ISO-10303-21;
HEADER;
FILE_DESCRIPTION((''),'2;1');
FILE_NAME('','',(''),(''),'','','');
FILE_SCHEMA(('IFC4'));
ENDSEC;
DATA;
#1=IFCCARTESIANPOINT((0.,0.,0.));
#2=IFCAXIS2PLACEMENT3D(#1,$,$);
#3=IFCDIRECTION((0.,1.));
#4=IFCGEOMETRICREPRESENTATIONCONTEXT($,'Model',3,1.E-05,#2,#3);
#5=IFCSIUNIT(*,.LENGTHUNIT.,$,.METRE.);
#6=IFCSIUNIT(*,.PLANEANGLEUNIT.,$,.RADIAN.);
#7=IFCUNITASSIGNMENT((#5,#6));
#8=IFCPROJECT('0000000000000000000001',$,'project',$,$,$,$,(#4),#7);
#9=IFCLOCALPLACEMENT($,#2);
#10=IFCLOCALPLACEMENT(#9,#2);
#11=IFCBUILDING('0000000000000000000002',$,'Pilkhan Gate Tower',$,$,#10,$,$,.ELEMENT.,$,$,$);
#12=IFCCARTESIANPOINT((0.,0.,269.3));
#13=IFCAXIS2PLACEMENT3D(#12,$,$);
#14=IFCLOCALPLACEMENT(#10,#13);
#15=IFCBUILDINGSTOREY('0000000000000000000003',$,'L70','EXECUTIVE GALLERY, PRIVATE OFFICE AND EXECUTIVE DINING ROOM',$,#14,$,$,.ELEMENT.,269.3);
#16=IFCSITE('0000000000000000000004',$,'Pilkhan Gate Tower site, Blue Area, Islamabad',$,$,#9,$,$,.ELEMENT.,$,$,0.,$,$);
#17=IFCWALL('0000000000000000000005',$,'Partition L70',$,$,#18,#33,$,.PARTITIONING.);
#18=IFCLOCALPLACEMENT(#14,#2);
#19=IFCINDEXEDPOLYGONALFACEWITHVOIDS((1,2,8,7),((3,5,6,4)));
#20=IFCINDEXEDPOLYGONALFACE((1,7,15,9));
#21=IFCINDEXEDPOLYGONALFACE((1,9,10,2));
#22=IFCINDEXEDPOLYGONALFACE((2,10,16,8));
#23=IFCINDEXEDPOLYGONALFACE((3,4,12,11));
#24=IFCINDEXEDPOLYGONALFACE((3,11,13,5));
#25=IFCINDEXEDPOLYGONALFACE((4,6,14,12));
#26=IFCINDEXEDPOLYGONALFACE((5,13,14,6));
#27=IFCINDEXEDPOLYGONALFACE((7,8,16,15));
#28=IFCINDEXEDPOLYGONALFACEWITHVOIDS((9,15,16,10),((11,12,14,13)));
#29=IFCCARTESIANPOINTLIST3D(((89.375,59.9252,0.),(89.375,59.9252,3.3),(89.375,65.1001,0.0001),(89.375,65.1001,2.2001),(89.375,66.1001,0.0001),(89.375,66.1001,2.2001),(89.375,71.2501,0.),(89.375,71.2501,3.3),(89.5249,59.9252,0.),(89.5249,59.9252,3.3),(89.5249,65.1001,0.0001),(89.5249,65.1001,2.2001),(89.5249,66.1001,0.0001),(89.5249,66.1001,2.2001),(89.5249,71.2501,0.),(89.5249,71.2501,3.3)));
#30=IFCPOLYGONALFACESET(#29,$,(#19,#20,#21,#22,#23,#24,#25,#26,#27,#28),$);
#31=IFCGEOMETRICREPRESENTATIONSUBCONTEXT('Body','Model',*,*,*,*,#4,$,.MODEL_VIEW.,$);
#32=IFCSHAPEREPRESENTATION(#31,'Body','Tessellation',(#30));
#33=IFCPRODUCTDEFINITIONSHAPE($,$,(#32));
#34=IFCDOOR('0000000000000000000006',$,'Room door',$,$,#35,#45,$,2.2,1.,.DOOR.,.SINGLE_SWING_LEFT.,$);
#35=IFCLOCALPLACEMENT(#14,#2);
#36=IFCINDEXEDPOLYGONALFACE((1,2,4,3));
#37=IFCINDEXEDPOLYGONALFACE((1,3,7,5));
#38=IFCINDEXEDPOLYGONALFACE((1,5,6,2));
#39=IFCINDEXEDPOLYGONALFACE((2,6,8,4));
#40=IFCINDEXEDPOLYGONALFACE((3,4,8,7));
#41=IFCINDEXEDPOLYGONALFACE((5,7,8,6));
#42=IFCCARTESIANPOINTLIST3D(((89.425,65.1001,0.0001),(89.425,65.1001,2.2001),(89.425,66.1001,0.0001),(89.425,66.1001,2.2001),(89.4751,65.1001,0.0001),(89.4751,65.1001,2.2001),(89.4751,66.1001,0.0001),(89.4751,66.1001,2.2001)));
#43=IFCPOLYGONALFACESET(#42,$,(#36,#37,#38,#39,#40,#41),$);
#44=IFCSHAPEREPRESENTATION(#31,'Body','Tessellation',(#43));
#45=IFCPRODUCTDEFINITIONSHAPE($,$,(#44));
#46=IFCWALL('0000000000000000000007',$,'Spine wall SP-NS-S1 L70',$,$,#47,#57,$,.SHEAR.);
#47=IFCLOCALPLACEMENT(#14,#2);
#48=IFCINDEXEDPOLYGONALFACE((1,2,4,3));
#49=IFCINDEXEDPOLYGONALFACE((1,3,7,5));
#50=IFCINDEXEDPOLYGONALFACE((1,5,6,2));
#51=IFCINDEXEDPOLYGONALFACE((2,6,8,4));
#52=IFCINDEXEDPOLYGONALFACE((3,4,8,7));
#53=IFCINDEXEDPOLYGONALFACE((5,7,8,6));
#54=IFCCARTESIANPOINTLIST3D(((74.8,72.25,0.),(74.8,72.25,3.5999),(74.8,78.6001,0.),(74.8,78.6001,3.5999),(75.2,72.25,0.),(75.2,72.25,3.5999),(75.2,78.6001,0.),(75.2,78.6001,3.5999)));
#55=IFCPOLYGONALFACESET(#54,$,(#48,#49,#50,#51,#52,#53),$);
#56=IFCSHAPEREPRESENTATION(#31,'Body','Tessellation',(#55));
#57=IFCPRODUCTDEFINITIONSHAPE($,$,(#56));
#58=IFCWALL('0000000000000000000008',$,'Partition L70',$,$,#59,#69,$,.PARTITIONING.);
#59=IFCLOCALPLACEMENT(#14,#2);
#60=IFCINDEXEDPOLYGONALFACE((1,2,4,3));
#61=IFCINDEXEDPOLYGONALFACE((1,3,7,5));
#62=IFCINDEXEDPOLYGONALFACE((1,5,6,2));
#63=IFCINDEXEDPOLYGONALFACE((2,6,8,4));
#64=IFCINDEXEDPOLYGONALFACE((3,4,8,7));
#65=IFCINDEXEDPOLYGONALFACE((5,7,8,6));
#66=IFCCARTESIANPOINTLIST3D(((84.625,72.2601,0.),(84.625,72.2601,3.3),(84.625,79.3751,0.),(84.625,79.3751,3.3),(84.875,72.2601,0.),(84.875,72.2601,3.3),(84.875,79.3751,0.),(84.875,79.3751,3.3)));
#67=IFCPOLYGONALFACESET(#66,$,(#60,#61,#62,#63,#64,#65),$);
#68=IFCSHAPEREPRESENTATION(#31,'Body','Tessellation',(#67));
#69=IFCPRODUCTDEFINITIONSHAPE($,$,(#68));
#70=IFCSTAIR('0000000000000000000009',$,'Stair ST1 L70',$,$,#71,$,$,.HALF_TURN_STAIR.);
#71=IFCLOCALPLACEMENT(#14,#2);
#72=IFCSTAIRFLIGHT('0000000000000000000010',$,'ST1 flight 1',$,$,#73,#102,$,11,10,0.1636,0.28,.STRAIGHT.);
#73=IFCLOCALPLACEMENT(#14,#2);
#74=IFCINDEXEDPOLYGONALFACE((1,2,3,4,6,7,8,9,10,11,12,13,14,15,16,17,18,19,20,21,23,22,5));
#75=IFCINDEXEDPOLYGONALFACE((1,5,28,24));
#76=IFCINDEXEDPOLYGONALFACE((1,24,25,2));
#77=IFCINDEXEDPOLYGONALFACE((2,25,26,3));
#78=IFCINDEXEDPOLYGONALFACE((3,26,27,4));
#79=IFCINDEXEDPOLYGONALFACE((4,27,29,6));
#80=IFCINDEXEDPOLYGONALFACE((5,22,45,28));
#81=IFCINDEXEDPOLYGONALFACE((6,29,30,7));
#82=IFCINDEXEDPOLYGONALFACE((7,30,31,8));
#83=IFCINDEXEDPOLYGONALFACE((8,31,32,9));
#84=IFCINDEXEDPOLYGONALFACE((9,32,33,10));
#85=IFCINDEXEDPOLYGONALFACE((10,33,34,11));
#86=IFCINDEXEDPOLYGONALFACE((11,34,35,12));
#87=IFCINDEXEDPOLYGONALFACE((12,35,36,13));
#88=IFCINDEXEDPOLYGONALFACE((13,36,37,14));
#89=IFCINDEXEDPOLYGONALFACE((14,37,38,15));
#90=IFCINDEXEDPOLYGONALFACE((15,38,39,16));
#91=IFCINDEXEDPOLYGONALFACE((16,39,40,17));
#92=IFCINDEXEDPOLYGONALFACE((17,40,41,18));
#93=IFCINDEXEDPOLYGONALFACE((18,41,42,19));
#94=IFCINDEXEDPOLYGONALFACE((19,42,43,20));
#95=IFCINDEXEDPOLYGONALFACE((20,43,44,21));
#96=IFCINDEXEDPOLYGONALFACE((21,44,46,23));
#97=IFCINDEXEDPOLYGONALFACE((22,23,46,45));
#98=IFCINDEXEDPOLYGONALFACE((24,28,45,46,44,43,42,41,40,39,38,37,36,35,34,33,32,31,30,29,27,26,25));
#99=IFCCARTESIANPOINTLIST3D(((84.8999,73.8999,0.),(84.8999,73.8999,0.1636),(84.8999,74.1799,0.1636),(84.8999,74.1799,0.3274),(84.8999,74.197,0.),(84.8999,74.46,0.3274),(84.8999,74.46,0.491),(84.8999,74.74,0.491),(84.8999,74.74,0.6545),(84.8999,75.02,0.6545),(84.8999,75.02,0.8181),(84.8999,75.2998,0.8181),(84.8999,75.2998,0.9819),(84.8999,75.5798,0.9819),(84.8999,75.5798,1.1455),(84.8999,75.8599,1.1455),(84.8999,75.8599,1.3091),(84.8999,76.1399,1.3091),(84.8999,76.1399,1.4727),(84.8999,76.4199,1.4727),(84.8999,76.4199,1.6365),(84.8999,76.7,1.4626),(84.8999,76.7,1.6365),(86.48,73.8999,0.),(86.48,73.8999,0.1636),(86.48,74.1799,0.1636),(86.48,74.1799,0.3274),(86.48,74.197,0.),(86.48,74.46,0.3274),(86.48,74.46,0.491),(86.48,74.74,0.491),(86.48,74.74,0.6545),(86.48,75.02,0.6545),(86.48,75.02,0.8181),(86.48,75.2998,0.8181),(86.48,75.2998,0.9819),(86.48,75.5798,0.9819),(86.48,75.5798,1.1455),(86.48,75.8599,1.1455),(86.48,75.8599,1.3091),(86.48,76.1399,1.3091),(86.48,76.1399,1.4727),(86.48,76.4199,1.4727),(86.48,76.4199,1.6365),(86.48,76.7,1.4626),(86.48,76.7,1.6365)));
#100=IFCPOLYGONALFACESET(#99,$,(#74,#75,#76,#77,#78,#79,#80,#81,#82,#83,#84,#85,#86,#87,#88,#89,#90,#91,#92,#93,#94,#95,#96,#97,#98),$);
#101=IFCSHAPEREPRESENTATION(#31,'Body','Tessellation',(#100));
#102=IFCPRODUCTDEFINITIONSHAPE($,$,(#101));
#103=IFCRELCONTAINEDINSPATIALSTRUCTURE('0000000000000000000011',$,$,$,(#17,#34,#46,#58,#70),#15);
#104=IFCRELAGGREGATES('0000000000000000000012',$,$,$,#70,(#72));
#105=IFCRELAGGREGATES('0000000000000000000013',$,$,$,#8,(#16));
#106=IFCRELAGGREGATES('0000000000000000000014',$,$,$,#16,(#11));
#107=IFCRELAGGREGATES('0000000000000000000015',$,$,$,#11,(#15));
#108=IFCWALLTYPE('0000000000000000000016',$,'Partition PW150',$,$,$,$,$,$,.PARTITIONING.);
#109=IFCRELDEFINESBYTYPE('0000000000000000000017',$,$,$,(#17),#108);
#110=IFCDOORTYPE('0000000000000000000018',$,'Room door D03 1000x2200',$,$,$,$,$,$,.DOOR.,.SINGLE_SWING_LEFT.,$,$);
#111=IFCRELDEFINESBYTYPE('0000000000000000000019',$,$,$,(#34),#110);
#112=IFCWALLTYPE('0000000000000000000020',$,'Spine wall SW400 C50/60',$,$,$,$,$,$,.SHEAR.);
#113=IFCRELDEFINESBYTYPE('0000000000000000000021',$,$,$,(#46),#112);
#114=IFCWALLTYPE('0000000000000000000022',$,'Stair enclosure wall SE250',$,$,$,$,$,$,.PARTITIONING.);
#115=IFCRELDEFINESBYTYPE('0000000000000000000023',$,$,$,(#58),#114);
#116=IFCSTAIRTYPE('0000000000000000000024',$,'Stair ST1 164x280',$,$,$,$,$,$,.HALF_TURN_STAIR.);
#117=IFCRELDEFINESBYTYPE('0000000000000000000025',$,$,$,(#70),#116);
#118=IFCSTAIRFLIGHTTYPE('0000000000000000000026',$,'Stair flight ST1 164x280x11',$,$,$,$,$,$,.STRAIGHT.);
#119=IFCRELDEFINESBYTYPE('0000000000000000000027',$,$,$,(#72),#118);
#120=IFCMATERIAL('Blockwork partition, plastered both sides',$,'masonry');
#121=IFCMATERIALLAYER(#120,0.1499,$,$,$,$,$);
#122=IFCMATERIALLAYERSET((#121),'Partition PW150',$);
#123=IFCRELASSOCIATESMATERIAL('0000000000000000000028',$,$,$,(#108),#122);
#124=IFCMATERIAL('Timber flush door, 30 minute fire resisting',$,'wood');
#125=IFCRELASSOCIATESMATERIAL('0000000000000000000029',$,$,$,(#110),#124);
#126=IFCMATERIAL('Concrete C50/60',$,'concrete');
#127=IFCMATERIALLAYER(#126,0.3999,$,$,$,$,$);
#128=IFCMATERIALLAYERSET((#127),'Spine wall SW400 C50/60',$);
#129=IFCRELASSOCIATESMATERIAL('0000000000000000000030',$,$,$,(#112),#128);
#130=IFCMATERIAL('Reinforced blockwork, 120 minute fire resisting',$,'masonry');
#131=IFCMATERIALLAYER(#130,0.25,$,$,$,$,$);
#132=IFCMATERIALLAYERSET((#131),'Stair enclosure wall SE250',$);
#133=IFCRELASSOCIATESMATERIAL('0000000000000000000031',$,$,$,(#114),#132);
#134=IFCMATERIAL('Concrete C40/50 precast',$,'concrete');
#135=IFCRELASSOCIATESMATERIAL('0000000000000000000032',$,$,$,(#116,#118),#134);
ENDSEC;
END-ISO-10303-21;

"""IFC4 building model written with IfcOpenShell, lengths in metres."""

from ifc_helpers import new_model, si_unit, direction, frame, frame_2d, origin, place, context, subcontext, project, spatial, polyline, rectangle, outline, extrude, material, layer, layer_set, type_object, element, fill, aggregate, save


model = new_model("IFC4")

# Units and contexts
model_context = context("Model", 3, precision=1e-05, world=origin(), true_north=direction((0.0, 1.0)))
body_context = subcontext(model_context, "Body", "Model", "MODEL_VIEW")
ifc_project = project(units=[si_unit("LENGTHUNIT", "METRE"), si_unit("PLANEANGLEUNIT", "RADIAN")], contexts=[model_context])

# Site, building, storey
site_placement = place(None, origin())
site = spatial("IfcSite", under=ifc_project, at=site_placement, Name="Pilkhan Gate Tower site, Blue Area, Islamabad", CompositionType="ELEMENT", RefElevation=0.0)
building_placement = place(site_placement, origin())
building = spatial("IfcBuilding", under=site, at=building_placement, Name="Pilkhan Gate Tower", CompositionType="ELEMENT")
storey_placement = place(building_placement, frame((0.0, 0.0, 269.3)))
storey = spatial("IfcBuildingStorey", under=building, at=storey_placement, Name="L70", Description="EXECUTIVE GALLERY, PRIVATE OFFICE AND EXECUTIVE DINING ROOM", CompositionType="ELEMENT", Elevation=269.3)

# Shared definitions
ifc_material_1 = material(Name="Concrete C50/60", Category="concrete")

# Shared definitions
ifc_material_2 = material(Name="Blockwork partition, plastered both sides", Category="masonry")
ifc_layer_1 = layer(ifc_material_2, 0.1499)
ifc_layer_set_1 = layer_set([ifc_layer_1], Name="Partition PW150")
wall_type_1 = type_object("IfcWallType", Name="Partition PW150", PredefinedType="PARTITIONING", material=ifc_layer_set_1)

# Wall, opening, door
wall_1_placement = place(storey_placement, frame((89.45, 59.925, 0.0), z_axis=(0.0, 0.0, 1.0), x_axis=(0.0, 1.0, 0.0)))
wall_1 = element("IfcWall", 1, at=wall_1_placement, inside=storey, type_object=wall_type_1, Name="Partition L70", PredefinedType="PARTITIONING", context=body_context, shape_type="SweptSolid", body=[
    extrude(rectangle(XDim=11.325, YDim=0.1499, at=frame_2d((5.6626, 0.0))), origin(), (0.0, 0.0, 1.0), 3.3),
])
opening_1_placement = place(wall_1_placement, frame((5.175, 0.0, 0.0)))
opening_1 = element("IfcOpeningElement", 2, at=opening_1_placement, cuts=wall_1, PredefinedType="OPENING", context=body_context, shape_type="SweptSolid", body=[
    extrude(rectangle(XDim=1.0, YDim=2.2, at=frame_2d((0.5, 1.1001))), frame((0.0, 0.085, 0.0), z_axis=(0.0, -1.0, 0.0), x_axis=(1.0, 0.0, 0.0)), (0.0, 0.0, 1.0), 0.1699),
])
ifc_material_3 = material(Name="Timber flush door, 30 minute fire resisting", Category="wood")
door_type_1 = type_object("IfcDoorType", Name="Room door D03 1000x2200", OperationType="SINGLE_SWING_LEFT", PredefinedType="DOOR", material=ifc_material_3)
door_1_placement = place(opening_1_placement, origin())
door_1 = element("IfcDoor", 3, at=door_1_placement, inside=storey, type_object=door_type_1, Name="Room door", OperationType="SINGLE_SWING_LEFT", OverallHeight=2.2, OverallWidth=1.0, PredefinedType="DOOR", context=body_context, shape_type="SweptSolid", body=[
    extrude(rectangle(XDim=1.0, YDim=2.2, at=frame_2d((0.5, 1.1001))), frame((0.0, 0.0249, 0.0), z_axis=(0.0, -1.0, 0.0), x_axis=(1.0, 0.0, 0.0)), (0.0, 0.0, 1.0), 0.05),
])
fill(opening_1, door_1)

# Walls
ifc_layer_2 = layer(ifc_material_1, 0.3999)
ifc_layer_set_2 = layer_set([ifc_layer_2], Name="Spine wall SW400 C50/60")
wall_type_2 = type_object("IfcWallType", Name="Spine wall SW400 C50/60", PredefinedType="SHEAR", material=ifc_layer_set_2)
wall_2_placement = place(storey_placement, frame((75.0, 72.25, 0.0), z_axis=(0.0, 0.0, 1.0), x_axis=(0.0, 1.0, 0.0)))
element("IfcWall", 4, at=wall_2_placement, inside=storey, type_object=wall_type_2, Name="Spine wall SP-NS-S1 L70", PredefinedType="SHEAR", context=body_context, shape_type="SweptSolid", body=[
    extrude(rectangle(XDim=6.3501, YDim=0.3999, at=frame_2d((3.175, 0.0))), origin(), (0.0, 0.0, 1.0), 3.5999),
])
ifc_material_4 = material(Name="Reinforced blockwork, 120 minute fire resisting", Category="masonry")
ifc_layer_3 = layer(ifc_material_4, 0.25)
ifc_layer_set_3 = layer_set([ifc_layer_3], Name="Stair enclosure wall SE250")
wall_type_3 = type_object("IfcWallType", Name="Stair enclosure wall SE250", PredefinedType="PARTITIONING", material=ifc_layer_set_3)
wall_3_placement = place(storey_placement, frame((84.75, 72.26, 0.0), z_axis=(0.0, 0.0, 1.0), x_axis=(0.0, 1.0, 0.0)))
element("IfcWall", 5, at=wall_3_placement, inside=storey, type_object=wall_type_3, Name="Partition L70", PredefinedType="PARTITIONING", context=body_context, shape_type="SweptSolid", body=[
    extrude(rectangle(XDim=7.115, YDim=0.25, at=frame_2d((3.5576, 0.0))), origin(), (0.0, 0.0, 1.0), 3.3),
])

# Stair, stair flight
ifc_material_5 = material(Name="Concrete C40/50 precast", Category="concrete")
stair_type = type_object("IfcStairType", Name="Stair ST1 164x280", PredefinedType="HALF_TURN_STAIR", material=ifc_material_5)
stair_placement = place(storey_placement, origin())
stair = element("IfcStair", 6, at=stair_placement, inside=storey, type_object=stair_type, Name="Stair ST1 L70", PredefinedType="HALF_TURN_STAIR")
stair_flight_type = type_object("IfcStairFlightType", Name="Stair flight ST1 164x280x11", PredefinedType="STRAIGHT", material=ifc_material_5)
stair_flight_placement = place(storey_placement, frame((85.6899, 73.8999, 0.0), z_axis=(0.0, 0.0, 1.0), x_axis=(0.0, 1.0, 0.0)))
stair_flight = element("IfcStairFlight", 7, at=stair_flight_placement, type_object=stair_flight_type, Name="ST1 flight 1", NumberOfRisers=11, NumberOfTreads=10, PredefinedType="STRAIGHT", RiserHeight=0.1636, TreadLength=0.28, context=body_context, shape_type="SweptSolid", body=[
    extrude(outline(polyline([(0.0, 0.0), (0.0, 0.1636), (0.28, 0.1636), (0.28, 0.3274), (0.5601, 0.3274), (0.5601, 0.491), (0.8401, 0.491), (0.8401, 0.6545), (1.1201, 0.6545), (1.1201, 0.8181), (1.3999, 0.8181), (1.3999, 0.9819), (1.6799, 0.9819), (1.6799, 1.1455), (1.96, 1.1455), (1.96, 1.3091), (2.24, 1.3091), (2.24, 1.4727), (2.52, 1.4727), (2.52, 1.6365), (2.8, 1.6365), (2.8, 1.8), (2.8, 1.4626), (0.2971, 0.0), (0.0, 0.0)])), frame((0.0, 0.79, 0.0), z_axis=(0.0, -1.0, 0.0), x_axis=(1.0, 0.0, 0.0)), (0.0, 0.0, 1.0), 1.5801),
])
aggregate(stair, [stair_flight])

save(model, "model.ifc")
